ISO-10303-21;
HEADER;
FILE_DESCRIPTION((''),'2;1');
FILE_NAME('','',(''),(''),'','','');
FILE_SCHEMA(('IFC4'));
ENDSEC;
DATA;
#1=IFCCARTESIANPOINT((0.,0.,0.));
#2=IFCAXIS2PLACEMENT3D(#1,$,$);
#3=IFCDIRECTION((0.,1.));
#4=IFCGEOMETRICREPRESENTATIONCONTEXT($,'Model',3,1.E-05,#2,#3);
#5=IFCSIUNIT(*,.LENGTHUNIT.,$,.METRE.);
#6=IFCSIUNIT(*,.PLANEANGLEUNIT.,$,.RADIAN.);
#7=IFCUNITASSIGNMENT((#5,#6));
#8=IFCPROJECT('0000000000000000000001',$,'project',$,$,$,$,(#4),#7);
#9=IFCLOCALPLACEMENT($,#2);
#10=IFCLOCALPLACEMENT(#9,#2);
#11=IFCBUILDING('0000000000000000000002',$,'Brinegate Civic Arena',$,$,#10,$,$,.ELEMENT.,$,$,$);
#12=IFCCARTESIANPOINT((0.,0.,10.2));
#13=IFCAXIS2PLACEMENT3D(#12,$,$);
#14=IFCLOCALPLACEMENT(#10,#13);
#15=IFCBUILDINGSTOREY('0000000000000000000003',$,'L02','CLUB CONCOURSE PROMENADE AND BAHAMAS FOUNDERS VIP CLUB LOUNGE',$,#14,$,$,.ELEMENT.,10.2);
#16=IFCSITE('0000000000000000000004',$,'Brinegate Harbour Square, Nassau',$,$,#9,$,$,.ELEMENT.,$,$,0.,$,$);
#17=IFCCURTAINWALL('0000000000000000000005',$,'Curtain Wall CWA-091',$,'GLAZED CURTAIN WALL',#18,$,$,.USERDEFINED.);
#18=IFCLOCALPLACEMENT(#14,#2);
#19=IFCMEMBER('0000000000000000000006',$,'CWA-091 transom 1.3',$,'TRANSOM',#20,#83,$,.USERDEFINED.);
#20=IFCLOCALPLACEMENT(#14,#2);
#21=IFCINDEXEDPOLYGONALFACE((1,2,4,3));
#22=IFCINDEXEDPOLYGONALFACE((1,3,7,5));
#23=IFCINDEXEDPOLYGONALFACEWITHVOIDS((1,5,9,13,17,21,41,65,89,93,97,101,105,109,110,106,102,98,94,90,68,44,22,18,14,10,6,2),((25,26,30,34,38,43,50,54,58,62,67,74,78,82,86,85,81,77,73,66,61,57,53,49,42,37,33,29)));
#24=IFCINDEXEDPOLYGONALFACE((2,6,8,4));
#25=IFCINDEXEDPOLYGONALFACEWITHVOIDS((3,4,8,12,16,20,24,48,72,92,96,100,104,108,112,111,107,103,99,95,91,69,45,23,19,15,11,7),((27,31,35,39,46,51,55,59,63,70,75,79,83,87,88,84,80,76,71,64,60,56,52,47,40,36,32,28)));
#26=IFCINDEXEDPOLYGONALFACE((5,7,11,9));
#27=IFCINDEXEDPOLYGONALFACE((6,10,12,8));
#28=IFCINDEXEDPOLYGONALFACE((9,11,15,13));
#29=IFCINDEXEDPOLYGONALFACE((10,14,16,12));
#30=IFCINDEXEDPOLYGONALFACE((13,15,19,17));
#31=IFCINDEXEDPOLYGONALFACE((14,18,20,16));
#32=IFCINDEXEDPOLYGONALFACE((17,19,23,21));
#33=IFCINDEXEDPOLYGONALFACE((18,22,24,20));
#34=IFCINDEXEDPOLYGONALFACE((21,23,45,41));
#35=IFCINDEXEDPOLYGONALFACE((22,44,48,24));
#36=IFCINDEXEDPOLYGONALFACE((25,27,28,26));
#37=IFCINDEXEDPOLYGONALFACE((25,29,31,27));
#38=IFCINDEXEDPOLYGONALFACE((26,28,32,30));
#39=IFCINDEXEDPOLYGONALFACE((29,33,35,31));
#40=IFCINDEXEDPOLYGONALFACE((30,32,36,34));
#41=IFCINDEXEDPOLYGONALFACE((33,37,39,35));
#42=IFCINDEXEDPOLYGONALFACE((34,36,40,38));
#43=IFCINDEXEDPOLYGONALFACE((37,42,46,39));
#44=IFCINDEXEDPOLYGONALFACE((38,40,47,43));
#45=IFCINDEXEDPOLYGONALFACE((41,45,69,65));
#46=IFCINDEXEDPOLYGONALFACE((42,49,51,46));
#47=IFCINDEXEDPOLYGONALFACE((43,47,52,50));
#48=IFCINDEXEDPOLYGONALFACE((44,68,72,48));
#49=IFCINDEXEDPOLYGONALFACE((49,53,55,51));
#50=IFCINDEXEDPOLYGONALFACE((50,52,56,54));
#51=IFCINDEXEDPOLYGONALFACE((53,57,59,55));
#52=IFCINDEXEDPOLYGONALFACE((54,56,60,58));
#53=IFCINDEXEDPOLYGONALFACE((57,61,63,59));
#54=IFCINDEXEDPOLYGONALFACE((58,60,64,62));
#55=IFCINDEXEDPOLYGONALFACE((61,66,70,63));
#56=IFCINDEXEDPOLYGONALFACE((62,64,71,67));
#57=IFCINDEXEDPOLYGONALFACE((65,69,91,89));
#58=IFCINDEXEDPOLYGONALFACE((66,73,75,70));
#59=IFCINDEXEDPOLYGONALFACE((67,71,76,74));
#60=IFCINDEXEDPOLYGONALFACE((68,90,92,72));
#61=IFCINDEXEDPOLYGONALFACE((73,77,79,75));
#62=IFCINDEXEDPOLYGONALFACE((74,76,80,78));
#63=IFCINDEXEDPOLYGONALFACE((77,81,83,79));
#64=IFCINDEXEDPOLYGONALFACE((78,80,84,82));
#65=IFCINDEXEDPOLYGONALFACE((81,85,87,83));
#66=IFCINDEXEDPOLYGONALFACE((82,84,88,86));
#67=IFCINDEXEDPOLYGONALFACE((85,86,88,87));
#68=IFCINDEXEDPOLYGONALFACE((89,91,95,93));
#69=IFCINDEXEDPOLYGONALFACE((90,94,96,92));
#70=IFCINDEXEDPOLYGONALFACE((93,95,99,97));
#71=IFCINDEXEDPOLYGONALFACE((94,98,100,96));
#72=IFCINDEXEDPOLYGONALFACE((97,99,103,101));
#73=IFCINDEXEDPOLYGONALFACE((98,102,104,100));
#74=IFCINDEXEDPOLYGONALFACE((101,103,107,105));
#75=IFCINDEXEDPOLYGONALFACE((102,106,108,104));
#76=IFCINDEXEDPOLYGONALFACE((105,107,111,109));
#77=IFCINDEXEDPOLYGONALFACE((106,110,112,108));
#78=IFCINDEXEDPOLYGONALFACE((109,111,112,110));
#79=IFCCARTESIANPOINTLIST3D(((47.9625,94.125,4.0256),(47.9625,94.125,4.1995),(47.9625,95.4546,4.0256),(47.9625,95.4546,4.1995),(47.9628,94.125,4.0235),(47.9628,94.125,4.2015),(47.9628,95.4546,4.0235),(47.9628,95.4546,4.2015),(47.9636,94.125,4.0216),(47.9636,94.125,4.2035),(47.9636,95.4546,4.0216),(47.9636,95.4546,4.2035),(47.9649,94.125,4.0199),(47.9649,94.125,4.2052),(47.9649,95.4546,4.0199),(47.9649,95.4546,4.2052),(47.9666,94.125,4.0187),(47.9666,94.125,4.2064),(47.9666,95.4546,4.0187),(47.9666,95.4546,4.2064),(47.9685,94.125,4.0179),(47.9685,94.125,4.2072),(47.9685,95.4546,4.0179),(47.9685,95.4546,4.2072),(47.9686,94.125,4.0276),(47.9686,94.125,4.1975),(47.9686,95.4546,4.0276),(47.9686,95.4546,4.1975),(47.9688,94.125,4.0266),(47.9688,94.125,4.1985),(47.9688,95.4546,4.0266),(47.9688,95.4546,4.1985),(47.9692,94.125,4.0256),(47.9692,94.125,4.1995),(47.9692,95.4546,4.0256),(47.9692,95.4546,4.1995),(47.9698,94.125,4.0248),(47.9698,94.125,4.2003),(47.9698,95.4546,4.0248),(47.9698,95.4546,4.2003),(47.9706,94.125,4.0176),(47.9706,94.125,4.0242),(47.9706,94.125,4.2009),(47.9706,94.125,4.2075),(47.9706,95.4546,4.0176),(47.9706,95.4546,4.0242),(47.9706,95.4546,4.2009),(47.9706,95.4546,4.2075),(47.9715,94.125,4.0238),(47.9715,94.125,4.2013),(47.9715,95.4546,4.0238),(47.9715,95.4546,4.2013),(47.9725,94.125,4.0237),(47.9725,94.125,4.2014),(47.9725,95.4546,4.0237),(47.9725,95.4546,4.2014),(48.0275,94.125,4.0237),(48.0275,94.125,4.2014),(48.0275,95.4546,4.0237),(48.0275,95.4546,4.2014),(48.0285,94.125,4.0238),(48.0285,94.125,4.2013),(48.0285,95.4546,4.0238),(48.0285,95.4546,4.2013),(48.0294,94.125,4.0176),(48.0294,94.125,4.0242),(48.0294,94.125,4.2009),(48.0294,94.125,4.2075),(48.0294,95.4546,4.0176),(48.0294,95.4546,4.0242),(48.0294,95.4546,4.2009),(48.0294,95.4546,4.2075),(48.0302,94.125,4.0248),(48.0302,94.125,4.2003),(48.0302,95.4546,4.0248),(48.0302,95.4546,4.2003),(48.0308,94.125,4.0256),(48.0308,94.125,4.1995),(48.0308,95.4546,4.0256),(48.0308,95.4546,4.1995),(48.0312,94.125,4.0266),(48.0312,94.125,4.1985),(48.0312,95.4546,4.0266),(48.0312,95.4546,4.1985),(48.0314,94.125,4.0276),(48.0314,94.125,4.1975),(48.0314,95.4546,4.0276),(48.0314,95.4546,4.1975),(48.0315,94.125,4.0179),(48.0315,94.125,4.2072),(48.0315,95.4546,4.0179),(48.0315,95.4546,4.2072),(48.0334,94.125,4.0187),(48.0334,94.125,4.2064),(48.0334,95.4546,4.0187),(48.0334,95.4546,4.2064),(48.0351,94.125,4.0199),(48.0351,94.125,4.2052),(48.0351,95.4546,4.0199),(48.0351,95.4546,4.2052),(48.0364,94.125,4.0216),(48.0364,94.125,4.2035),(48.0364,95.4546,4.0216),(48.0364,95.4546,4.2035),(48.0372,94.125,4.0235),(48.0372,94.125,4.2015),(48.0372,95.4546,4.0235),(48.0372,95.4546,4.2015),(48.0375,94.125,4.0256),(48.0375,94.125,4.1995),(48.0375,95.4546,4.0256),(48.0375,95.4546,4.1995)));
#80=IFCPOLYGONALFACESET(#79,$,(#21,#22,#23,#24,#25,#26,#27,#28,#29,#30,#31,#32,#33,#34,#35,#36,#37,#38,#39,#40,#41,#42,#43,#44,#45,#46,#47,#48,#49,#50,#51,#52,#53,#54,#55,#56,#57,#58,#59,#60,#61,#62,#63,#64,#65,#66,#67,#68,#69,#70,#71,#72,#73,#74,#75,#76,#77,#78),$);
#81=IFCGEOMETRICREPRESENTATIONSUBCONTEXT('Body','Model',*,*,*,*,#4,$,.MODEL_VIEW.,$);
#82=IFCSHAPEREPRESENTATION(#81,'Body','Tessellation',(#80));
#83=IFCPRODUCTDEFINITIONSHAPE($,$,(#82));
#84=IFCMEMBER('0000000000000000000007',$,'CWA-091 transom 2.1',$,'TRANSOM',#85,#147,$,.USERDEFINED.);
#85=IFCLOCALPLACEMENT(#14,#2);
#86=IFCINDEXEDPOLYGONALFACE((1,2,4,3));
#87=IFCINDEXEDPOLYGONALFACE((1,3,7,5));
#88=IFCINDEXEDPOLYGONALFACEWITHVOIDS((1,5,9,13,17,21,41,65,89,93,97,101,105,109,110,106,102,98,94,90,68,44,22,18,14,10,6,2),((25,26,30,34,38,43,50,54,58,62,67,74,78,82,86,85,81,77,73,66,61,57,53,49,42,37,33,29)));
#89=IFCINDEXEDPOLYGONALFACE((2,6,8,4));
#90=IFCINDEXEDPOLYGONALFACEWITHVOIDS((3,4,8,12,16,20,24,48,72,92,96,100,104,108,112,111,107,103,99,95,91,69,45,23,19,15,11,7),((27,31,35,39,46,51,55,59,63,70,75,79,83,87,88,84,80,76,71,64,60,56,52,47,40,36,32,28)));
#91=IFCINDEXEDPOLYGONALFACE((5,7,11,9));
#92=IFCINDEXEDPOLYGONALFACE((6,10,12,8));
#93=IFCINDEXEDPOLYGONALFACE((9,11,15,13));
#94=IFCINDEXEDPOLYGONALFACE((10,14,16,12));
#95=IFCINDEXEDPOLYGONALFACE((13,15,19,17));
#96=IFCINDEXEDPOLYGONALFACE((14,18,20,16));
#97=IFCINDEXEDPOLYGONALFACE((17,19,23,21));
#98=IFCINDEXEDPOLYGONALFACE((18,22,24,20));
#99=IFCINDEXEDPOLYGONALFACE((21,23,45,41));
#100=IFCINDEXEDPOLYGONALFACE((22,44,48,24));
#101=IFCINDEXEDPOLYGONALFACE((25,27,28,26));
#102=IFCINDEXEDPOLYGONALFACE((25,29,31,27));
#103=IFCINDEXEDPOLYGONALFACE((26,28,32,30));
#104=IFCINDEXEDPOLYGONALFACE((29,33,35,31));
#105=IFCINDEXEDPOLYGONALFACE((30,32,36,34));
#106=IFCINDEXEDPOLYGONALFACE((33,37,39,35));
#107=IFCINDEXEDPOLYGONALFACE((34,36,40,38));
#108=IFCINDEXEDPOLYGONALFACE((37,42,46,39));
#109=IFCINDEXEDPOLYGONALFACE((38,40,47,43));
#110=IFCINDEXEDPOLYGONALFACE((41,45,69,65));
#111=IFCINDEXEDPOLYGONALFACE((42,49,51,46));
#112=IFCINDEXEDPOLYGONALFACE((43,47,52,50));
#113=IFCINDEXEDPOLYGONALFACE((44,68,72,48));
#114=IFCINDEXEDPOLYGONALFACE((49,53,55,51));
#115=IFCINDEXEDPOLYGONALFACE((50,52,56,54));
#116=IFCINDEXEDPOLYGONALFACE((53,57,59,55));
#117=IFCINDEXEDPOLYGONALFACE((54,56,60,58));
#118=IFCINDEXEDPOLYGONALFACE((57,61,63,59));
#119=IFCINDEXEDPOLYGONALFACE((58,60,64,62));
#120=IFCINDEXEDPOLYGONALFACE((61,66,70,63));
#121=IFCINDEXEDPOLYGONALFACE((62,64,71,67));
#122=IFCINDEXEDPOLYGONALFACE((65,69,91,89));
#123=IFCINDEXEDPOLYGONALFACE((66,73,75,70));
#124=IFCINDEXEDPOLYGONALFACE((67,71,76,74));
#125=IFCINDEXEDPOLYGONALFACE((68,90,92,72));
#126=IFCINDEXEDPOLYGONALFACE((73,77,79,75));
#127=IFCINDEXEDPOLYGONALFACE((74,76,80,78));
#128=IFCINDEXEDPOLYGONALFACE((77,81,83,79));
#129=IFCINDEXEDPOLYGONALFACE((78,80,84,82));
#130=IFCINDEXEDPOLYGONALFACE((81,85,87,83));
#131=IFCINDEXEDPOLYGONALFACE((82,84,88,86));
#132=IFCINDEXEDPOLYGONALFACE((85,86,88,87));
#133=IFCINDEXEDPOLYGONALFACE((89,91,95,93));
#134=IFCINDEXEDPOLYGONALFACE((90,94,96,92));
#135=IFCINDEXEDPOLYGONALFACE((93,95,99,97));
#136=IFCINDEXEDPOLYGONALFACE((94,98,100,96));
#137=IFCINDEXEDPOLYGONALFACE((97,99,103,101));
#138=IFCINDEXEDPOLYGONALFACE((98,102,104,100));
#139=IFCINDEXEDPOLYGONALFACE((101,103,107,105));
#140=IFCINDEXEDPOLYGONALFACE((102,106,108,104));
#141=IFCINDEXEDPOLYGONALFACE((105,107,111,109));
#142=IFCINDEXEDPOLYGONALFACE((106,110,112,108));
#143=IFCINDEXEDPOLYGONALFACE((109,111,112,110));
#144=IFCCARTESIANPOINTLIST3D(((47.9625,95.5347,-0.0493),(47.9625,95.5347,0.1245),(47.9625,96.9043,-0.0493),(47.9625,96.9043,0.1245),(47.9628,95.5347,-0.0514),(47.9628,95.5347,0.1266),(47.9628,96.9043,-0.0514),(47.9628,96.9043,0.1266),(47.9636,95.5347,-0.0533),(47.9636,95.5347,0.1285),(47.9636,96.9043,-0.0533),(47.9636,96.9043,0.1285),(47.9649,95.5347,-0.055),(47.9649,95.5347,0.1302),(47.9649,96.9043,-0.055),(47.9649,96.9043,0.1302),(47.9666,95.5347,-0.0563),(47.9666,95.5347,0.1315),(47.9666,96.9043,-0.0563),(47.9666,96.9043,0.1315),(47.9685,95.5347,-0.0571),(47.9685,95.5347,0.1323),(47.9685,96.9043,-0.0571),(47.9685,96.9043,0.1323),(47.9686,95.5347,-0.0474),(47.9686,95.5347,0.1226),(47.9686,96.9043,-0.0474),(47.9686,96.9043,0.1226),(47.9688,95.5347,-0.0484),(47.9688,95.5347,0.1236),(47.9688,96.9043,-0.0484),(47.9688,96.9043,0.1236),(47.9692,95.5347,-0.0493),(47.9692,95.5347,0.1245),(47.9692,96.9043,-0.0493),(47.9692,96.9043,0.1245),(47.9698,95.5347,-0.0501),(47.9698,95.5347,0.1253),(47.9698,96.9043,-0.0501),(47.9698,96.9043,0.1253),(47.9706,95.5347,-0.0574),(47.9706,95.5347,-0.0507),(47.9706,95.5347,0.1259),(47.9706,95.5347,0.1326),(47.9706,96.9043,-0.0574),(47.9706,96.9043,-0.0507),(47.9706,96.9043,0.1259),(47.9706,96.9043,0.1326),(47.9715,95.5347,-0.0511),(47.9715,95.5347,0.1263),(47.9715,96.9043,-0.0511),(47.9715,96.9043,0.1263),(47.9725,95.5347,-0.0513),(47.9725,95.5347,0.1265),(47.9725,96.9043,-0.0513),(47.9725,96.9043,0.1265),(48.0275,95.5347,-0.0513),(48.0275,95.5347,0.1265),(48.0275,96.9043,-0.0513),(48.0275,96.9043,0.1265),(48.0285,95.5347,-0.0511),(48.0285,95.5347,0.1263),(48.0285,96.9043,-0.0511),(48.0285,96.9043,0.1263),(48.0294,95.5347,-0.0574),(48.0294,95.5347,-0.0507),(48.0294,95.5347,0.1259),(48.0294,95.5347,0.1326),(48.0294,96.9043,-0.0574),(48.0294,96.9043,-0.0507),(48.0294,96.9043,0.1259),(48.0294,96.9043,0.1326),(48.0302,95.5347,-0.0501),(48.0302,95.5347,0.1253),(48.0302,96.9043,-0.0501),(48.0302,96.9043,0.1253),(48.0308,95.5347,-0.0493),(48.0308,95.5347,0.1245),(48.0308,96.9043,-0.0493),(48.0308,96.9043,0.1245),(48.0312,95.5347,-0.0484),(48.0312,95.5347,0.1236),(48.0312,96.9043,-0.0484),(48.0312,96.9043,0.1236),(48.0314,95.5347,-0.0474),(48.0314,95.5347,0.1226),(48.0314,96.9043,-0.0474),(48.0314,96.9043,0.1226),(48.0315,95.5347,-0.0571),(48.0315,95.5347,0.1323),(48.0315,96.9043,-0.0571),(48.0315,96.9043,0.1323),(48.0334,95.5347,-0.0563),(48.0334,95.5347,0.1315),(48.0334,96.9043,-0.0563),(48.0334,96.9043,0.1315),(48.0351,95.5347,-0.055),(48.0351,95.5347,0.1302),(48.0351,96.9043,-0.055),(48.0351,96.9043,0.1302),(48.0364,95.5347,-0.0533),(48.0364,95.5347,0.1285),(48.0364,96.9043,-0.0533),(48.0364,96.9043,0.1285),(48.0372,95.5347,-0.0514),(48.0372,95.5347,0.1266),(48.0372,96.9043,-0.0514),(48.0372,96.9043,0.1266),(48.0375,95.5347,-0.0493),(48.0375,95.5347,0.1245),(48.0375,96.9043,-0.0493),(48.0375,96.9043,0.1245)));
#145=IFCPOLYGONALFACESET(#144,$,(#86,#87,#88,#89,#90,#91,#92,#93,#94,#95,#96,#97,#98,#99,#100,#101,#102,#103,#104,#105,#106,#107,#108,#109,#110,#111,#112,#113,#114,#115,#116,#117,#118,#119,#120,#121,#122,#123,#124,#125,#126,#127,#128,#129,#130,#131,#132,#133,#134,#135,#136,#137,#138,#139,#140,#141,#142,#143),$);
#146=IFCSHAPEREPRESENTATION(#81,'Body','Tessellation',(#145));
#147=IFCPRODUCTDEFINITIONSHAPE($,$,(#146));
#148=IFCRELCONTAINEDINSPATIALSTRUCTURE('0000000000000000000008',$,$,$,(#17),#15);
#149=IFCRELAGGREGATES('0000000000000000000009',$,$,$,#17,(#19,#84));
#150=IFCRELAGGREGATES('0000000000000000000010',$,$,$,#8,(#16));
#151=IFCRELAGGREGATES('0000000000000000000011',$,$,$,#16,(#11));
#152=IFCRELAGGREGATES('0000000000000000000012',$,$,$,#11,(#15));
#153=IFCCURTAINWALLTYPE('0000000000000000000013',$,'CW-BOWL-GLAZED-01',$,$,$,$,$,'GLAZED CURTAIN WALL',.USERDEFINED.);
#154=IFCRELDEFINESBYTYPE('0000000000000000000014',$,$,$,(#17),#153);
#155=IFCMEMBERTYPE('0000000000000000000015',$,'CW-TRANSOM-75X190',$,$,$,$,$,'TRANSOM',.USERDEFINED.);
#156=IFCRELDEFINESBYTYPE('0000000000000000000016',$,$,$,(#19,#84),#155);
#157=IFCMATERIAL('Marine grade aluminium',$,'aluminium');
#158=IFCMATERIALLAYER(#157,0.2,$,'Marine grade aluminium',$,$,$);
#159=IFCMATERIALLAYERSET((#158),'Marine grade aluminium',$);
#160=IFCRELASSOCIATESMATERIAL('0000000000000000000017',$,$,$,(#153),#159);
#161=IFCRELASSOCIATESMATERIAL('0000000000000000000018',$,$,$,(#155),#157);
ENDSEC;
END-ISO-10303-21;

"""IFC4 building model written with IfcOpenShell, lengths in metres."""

from ifc_helpers import new_model, si_unit, direction, frame, origin, origin_2d, place, context, subcontext, project, spatial, hollow_rectangle, extrude, material, layer, layer_set, material_profile, profile_set, type_object, element, aggregate, save


model = new_model("IFC4")

# Units and contexts
model_context = context("Model", 3, precision=1e-05, world=origin(), true_north=direction((0.0, 1.0)))
body_context = subcontext(model_context, "Body", "Model", "MODEL_VIEW")
ifc_project = project(units=[si_unit("LENGTHUNIT", "METRE"), si_unit("PLANEANGLEUNIT", "RADIAN")], contexts=[model_context])

# Site, building, storey
site_placement = place(None, origin())
site = spatial("IfcSite", under=ifc_project, at=site_placement, Name="Brinegate Harbour Square, Nassau", CompositionType="ELEMENT", RefElevation=0.0)
building_placement = place(site_placement, origin())
building = spatial("IfcBuilding", under=site, at=building_placement, Name="Brinegate Civic Arena", CompositionType="ELEMENT")
storey_placement = place(building_placement, frame((0.0, 0.0, 10.2)))
storey = spatial("IfcBuildingStorey", under=building, at=storey_placement, Name="L02", Description="CLUB CONCOURSE PROMENADE AND BAHAMAS FOUNDERS VIP CLUB LOUNGE", CompositionType="ELEMENT", Elevation=10.2)

# Curtain wall, members
ifc_material_1 = material(Name="Marine grade aluminium", Category="aluminium")
ifc_layer_1 = layer(ifc_material_1, 0.2, Name="Marine grade aluminium")
ifc_layer_set_1 = layer_set([ifc_layer_1], Name="Marine grade aluminium")
curtain_wall_type = type_object("IfcCurtainWallType", Name="CW-BOWL-GLAZED-01", ElementType="GLAZED CURTAIN WALL", PredefinedType="USERDEFINED", material=ifc_layer_set_1)
curtain_wall_placement = place(storey_placement, origin())
curtain_wall = element("IfcCurtainWall", 1, at=curtain_wall_placement, inside=storey, type_object=curtain_wall_type, Name="Curtain Wall CWA-091", ObjectType="GLAZED CURTAIN WALL", PredefinedType="USERDEFINED")
ifc_material_profile_1 = material_profile(ifc_material_1, hollow_rectangle(XDim=0.075, YDim=0.1899, WallThickness=0.0061, InnerFilletRadius=0.0039, OuterFilletRadius=0.0081, at=origin_2d()), Name="TRN75X190")
ifc_profile_set_1 = profile_set([ifc_material_profile_1], Name="Marine grade aluminium")
member_type_1 = type_object("IfcMemberType", Name="CW-TRANSOM-75X190", ElementType="TRANSOM", PredefinedType="USERDEFINED", material=ifc_profile_set_1)
member_1_placement = place(storey_placement, frame((48.0, 94.125, 4.1125), z_axis=(0.0, 1.0, 0.0), x_axis=(-1.0, 0.0, 0.0)))
member_1 = element("IfcMember", 2, at=member_1_placement, type_object=member_type_1, Name="CWA-091 transom 1.3", ObjectType="TRANSOM", PredefinedType="USERDEFINED", context=body_context, shape_type="SweptSolid", body=[
    extrude(hollow_rectangle(XDim=0.075, YDim=0.1899, WallThickness=0.0061, InnerFilletRadius=0.0039, OuterFilletRadius=0.0081, at=origin_2d()), origin(), (0.0, 0.0, 1.0), 1.3296),
])
member_2_placement = place(storey_placement, frame((48.0, 95.5347, 0.0376), z_axis=(0.0, 1.0, 0.0), x_axis=(-1.0, 0.0, 0.0)))
member_2 = element("IfcMember", 3, at=member_2_placement, type_object=member_type_1, Name="CWA-091 transom 2.1", ObjectType="TRANSOM", PredefinedType="USERDEFINED", context=body_context, shape_type="SweptSolid", body=[
    extrude(hollow_rectangle(XDim=0.075, YDim=0.1899, WallThickness=0.0061, InnerFilletRadius=0.0039, OuterFilletRadius=0.0081, at=origin_2d()), origin(), (0.0, 0.0, 1.0), 1.3696),
])

aggregate(curtain_wall, [member_1, member_2])

save(model, "model.ifc")
